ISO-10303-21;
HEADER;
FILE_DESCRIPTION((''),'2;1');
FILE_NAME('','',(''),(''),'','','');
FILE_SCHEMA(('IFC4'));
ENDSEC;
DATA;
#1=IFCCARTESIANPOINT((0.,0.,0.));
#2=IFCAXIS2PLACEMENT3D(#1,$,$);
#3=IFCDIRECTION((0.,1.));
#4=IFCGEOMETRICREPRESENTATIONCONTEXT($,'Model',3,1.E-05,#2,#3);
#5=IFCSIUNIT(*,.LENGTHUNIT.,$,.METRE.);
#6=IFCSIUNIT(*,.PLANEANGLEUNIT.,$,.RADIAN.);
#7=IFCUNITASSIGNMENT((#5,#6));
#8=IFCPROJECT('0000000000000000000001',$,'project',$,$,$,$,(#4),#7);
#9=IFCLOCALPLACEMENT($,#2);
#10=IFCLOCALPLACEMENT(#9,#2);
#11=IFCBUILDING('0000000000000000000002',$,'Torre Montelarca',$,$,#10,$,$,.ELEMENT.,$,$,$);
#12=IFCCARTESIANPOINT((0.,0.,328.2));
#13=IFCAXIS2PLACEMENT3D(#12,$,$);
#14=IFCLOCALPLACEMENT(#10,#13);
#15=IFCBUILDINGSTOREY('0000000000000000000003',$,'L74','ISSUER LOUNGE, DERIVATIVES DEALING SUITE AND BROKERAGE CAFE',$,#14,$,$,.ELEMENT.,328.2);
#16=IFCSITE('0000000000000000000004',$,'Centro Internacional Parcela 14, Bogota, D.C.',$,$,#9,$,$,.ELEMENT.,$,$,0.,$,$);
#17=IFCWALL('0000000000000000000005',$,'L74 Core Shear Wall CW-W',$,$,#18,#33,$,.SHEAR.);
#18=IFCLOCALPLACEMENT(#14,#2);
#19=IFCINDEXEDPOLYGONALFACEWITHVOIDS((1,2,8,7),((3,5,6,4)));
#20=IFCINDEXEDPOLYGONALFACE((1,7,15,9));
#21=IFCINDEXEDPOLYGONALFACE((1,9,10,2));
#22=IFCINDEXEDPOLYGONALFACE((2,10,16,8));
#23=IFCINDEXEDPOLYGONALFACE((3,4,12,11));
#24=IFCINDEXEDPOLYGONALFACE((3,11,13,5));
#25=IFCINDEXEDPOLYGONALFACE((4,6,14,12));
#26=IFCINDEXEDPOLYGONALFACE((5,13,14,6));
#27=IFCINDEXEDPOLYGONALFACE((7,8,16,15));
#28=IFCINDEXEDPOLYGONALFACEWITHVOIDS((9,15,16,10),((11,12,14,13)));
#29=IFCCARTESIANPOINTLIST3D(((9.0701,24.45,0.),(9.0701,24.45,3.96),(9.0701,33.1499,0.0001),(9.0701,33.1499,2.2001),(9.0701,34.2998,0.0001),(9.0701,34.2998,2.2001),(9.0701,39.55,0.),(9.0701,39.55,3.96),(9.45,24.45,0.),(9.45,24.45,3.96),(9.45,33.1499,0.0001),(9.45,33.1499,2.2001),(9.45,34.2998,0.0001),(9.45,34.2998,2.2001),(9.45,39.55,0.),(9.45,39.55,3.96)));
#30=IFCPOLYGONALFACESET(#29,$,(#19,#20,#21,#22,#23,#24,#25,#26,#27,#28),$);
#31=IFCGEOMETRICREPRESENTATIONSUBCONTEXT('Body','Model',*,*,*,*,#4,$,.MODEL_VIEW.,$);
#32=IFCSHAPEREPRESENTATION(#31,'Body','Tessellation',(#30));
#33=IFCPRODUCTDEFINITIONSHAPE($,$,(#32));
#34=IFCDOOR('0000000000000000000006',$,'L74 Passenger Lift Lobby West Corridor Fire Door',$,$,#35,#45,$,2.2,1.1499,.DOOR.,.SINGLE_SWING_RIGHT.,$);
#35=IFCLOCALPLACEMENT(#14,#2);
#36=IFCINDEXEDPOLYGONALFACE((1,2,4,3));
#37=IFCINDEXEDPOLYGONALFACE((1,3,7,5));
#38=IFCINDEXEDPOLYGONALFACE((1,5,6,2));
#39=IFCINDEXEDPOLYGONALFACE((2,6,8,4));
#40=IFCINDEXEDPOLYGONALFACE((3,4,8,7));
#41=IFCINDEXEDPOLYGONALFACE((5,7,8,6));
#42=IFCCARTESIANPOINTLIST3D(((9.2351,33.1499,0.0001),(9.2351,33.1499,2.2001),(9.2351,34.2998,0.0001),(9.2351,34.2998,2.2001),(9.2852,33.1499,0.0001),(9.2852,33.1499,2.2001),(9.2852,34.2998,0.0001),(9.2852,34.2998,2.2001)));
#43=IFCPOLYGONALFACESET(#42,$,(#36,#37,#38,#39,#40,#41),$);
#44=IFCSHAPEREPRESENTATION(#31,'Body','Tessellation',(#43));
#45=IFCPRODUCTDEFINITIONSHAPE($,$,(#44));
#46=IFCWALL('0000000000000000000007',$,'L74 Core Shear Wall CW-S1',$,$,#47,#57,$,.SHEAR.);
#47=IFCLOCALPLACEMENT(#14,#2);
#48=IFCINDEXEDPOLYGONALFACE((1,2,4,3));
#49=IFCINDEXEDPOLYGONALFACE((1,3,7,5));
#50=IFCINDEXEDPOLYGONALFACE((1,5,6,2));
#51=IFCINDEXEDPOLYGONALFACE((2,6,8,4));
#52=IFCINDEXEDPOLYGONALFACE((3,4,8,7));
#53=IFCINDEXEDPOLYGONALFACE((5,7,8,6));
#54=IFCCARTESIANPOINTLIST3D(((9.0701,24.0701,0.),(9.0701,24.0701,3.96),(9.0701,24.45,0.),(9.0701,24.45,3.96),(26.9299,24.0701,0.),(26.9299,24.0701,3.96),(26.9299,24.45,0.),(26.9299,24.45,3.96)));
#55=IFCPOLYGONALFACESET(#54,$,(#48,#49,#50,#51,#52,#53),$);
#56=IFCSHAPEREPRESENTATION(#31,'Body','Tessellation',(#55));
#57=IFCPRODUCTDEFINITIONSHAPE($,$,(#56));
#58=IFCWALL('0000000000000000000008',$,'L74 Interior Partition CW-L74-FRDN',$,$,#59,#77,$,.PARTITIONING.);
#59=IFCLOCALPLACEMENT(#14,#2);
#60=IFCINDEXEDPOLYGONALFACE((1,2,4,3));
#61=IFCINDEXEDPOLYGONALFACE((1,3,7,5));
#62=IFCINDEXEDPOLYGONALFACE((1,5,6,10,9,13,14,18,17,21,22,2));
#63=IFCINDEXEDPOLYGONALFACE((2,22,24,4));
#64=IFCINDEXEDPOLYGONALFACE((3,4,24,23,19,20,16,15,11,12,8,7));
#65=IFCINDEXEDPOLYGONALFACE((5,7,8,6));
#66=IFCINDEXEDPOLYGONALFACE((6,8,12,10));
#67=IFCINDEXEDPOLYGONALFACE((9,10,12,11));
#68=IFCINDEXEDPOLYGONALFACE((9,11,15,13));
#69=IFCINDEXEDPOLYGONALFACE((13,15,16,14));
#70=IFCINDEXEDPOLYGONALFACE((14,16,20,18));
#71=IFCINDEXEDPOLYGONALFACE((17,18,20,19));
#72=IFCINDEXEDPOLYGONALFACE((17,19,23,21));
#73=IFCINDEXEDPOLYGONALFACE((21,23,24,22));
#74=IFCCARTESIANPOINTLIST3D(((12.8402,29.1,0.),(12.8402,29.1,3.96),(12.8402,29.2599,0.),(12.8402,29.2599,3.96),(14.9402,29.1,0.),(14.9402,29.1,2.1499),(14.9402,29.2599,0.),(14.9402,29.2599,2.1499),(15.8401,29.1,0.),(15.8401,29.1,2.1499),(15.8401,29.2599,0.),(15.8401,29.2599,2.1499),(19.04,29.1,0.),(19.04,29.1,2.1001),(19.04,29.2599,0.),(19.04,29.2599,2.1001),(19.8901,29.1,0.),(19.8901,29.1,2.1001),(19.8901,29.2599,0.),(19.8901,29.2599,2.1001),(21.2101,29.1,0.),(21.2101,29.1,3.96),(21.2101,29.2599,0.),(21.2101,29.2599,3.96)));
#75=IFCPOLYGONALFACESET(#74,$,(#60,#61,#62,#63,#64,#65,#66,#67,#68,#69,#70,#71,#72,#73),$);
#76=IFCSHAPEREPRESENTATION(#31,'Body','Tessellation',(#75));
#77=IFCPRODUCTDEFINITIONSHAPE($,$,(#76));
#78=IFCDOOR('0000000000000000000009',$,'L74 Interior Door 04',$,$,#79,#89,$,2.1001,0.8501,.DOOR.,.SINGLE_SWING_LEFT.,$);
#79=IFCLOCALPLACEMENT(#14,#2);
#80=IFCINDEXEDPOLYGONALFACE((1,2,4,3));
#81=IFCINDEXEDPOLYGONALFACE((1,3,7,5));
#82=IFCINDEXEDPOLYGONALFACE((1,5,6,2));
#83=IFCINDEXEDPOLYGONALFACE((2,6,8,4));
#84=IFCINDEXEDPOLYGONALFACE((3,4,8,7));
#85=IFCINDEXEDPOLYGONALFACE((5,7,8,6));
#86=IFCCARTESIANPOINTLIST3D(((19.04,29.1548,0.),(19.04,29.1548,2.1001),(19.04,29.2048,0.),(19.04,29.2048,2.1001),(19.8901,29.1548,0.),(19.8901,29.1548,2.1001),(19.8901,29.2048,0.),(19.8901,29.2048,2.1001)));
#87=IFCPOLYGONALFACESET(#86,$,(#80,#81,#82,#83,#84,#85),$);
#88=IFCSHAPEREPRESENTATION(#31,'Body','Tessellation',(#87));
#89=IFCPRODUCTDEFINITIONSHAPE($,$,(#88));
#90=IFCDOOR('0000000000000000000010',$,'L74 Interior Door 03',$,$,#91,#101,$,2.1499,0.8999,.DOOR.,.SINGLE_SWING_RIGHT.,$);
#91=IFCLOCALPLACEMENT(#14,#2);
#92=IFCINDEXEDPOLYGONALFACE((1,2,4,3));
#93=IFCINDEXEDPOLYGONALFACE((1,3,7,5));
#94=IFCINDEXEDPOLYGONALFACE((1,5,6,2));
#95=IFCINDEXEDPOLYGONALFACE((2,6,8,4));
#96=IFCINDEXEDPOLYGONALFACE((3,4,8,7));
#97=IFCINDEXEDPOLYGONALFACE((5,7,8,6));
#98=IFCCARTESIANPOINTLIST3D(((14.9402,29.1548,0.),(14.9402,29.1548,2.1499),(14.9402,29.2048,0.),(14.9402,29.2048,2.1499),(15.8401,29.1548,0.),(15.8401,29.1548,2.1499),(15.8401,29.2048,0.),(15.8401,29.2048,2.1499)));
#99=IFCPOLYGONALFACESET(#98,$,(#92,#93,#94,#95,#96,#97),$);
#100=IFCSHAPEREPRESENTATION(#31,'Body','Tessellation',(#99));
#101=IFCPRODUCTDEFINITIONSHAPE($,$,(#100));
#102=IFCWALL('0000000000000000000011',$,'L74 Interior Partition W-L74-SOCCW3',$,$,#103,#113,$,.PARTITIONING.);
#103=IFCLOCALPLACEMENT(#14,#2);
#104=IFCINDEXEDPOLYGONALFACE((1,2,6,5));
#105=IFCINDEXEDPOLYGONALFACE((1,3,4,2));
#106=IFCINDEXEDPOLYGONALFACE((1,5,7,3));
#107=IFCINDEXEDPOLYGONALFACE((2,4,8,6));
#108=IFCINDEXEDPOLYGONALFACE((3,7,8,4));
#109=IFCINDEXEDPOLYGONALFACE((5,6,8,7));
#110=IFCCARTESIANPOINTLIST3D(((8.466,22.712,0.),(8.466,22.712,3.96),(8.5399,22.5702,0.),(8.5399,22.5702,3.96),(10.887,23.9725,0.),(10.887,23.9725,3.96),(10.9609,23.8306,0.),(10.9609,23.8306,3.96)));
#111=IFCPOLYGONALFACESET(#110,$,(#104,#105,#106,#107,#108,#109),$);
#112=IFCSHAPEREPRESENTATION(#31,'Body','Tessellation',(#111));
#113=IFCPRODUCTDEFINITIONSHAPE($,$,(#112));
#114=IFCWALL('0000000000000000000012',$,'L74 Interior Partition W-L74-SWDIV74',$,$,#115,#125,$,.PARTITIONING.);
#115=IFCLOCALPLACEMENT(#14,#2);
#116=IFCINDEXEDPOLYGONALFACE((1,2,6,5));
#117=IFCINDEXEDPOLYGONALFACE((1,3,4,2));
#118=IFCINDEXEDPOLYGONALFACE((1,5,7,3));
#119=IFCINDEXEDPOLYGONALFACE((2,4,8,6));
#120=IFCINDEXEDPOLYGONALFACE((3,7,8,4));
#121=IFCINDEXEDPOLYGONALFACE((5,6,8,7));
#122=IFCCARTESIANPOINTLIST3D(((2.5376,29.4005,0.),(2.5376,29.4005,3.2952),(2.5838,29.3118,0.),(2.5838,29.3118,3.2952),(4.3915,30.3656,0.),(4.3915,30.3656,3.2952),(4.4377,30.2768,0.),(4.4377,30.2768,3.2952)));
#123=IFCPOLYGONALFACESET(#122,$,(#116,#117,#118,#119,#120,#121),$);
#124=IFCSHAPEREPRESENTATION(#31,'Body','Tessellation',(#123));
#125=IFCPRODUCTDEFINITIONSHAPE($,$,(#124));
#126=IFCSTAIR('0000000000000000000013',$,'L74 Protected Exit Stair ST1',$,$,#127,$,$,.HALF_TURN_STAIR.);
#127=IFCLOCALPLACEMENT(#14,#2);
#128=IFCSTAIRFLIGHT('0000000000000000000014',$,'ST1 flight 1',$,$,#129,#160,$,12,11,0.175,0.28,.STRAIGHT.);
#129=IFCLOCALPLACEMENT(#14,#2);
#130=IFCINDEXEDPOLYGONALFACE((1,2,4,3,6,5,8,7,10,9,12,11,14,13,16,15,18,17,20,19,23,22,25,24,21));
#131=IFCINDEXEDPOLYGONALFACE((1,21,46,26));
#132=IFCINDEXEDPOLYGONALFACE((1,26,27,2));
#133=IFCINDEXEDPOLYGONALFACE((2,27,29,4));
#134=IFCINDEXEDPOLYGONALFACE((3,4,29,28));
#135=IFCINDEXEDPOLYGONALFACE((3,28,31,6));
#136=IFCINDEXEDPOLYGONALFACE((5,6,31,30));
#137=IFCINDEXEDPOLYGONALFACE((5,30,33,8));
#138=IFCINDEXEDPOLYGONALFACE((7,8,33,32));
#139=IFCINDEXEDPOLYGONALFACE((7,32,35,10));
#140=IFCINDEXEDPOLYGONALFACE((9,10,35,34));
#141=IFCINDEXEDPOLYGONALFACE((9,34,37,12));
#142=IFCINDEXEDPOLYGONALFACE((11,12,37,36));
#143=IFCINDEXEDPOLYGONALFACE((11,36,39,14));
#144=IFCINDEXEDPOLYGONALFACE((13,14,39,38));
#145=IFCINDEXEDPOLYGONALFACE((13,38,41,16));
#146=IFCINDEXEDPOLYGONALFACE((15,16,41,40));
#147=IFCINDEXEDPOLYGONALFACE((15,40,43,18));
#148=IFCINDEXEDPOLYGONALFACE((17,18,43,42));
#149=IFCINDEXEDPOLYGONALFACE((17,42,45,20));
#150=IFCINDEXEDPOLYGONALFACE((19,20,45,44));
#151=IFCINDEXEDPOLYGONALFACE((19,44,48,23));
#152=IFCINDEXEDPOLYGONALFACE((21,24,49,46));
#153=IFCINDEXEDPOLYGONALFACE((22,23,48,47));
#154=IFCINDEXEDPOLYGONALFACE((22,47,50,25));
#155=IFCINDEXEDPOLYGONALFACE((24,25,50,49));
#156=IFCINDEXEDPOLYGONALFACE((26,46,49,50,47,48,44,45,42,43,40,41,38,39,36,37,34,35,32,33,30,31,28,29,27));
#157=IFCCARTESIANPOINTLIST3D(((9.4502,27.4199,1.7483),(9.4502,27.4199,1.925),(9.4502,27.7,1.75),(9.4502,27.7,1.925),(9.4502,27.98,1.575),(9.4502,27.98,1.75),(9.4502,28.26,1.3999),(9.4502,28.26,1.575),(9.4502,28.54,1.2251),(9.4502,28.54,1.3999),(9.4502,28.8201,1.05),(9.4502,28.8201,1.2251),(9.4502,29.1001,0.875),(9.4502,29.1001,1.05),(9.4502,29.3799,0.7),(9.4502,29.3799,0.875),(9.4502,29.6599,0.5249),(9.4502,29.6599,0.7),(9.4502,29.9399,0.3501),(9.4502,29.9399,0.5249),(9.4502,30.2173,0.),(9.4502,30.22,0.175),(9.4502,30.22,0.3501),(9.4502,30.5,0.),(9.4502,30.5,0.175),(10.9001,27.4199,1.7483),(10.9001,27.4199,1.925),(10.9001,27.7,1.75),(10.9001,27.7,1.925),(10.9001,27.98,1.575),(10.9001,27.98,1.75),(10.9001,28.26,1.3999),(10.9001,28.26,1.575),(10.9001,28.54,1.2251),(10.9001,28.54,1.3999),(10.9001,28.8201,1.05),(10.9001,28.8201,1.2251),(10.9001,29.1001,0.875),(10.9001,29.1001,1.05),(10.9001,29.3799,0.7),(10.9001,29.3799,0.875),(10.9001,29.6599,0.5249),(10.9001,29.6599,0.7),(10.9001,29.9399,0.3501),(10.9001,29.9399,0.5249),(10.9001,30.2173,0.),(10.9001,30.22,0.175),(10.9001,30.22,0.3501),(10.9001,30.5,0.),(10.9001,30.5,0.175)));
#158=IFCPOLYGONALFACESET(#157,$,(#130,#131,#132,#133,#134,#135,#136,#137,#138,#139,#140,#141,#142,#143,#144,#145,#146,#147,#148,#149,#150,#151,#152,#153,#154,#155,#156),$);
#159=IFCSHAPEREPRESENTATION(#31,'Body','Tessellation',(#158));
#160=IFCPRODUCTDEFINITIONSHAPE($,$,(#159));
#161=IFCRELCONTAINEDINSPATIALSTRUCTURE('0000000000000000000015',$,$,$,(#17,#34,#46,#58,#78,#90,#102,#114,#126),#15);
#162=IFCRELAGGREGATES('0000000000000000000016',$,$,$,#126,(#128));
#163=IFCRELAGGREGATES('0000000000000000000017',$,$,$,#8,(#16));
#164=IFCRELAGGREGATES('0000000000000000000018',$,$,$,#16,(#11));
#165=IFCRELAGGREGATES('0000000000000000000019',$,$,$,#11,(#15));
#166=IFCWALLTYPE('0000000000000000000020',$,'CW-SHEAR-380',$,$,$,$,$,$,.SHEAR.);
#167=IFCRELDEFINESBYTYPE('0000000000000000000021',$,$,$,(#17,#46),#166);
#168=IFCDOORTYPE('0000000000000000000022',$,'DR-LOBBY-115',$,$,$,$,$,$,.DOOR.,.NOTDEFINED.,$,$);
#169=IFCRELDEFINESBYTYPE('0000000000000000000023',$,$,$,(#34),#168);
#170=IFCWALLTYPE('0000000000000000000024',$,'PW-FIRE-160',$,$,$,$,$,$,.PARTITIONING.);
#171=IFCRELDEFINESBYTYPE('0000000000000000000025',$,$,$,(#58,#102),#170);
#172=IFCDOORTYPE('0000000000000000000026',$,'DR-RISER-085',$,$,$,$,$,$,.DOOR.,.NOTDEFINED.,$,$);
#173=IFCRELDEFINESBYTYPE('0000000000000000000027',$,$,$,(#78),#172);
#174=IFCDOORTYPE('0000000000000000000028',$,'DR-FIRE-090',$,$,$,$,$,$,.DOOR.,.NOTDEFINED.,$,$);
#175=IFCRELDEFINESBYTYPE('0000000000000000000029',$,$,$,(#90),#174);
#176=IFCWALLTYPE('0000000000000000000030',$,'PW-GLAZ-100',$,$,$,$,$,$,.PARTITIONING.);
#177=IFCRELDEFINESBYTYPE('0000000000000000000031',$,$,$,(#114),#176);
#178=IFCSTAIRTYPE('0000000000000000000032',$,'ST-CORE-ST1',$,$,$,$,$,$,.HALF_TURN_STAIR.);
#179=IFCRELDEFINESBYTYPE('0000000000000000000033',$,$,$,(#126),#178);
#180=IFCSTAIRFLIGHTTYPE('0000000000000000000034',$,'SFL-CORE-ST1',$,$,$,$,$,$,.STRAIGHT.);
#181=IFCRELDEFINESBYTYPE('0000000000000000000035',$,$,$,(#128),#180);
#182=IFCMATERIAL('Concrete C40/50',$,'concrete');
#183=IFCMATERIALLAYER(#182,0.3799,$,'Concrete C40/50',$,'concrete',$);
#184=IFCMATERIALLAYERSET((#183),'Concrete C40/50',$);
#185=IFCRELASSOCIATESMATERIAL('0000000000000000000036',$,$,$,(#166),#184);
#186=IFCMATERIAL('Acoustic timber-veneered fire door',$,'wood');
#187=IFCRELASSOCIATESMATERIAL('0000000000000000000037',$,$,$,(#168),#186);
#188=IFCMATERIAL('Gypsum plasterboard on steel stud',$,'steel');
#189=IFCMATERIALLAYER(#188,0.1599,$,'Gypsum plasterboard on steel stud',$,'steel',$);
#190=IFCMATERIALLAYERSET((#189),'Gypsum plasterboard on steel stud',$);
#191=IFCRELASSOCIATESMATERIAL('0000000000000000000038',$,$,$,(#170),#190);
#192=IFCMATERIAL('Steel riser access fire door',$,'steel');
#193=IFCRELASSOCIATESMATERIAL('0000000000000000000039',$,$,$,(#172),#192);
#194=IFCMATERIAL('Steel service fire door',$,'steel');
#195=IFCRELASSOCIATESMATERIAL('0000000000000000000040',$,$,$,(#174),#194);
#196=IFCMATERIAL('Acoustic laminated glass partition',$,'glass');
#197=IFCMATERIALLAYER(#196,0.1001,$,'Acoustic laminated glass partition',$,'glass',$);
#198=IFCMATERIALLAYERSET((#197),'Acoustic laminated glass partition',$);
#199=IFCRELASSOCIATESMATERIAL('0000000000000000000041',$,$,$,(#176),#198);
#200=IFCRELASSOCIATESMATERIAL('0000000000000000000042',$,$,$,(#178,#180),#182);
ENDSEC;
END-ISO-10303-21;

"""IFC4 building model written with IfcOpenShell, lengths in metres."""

from ifc_helpers import new_model, si_unit, direction, frame, frame_2d, origin, place, context, subcontext, project, spatial, polyline, rectangle, outline, extrude, source, transform, mapped, material, layer, layer_set, type_object, element, fill, aggregate, save


model = new_model("IFC4")

# Units and contexts
model_context = context("Model", 3, precision=1e-05, world=origin(), true_north=direction((0.0, 1.0)))
body_context = subcontext(model_context, "Body", "Model", "MODEL_VIEW")
ifc_project = project(units=[si_unit("LENGTHUNIT", "METRE"), si_unit("PLANEANGLEUNIT", "RADIAN")], contexts=[model_context])

# Site, building, storey
site_placement = place(None, origin())
site = spatial("IfcSite", under=ifc_project, at=site_placement, Name="Centro Internacional Parcela 14, Bogota, D.C.", CompositionType="ELEMENT", RefElevation=0.0)
building_placement = place(site_placement, origin())
building = spatial("IfcBuilding", under=site, at=building_placement, Name="Torre Montelarca", CompositionType="ELEMENT")
storey_placement = place(building_placement, frame((0.0, 0.0, 328.2)))
storey = spatial("IfcBuildingStorey", under=building, at=storey_placement, Name="L74", Description="ISSUER LOUNGE, DERIVATIVES DEALING SUITE AND BROKERAGE CAFE", CompositionType="ELEMENT", Elevation=328.2)

# Shared definitions
ifc_material_1 = material(Name="Concrete C40/50", Category="concrete")

# Wall, opening, door
ifc_layer_1 = layer(ifc_material_1, 0.3799, Name="Concrete C40/50", Category="concrete")
ifc_layer_set_1 = layer_set([ifc_layer_1], Name="Concrete C40/50")
wall_type_1 = type_object("IfcWallType", Name="CW-SHEAR-380", PredefinedType="SHEAR", material=ifc_layer_set_1)
wall_1_placement = place(storey_placement, frame((9.26, 24.45, 0.0), z_axis=(0.0, 0.0, 1.0), x_axis=(0.0, 1.0, 0.0)))
wall_1 = element("IfcWall", 1, at=wall_1_placement, inside=storey, type_object=wall_type_1, Name="L74 Core Shear Wall CW-W", PredefinedType="SHEAR", context=body_context, shape_type="SweptSolid", body=[
    extrude(rectangle(XDim=15.1001, YDim=0.3799, at=frame_2d((7.55, 0.0))), origin(), (0.0, 0.0, 1.0), 3.96),
])
opening_1_placement = place(wall_1_placement, frame((8.7, 0.0, 0.0)))
opening_1 = element("IfcOpeningElement", 2, at=opening_1_placement, cuts=wall_1, PredefinedType="OPENING", context=body_context, shape_type="SweptSolid", body=[
    extrude(rectangle(XDim=1.1499, YDim=2.2, at=frame_2d((0.575, 1.1001))), frame((0.0, 0.2, 0.0), z_axis=(0.0, -1.0, 0.0), x_axis=(1.0, 0.0, 0.0)), (0.0, 0.0, 1.0), 0.3999),
])
ifc_material_2 = material(Name="Acoustic timber-veneered fire door", Category="wood")
door_type_1 = type_object("IfcDoorType", Name="DR-LOBBY-115", OperationType="NOTDEFINED", PredefinedType="DOOR", material=ifc_material_2)
shared_shape_1 = source(origin(), body_context, "Body", "SweptSolid", [
    extrude(rectangle(XDim=1.1499, YDim=2.2, at=frame_2d((0.575, 1.1001))), frame((0.0, 0.0249, 0.0), z_axis=(0.0, -1.0, 0.0), x_axis=(1.0, 0.0, 0.0)), (0.0, 0.0, 1.0), 0.05),
])
door_1_placement = place(opening_1_placement, origin())
door_1 = element("IfcDoor", 3, at=door_1_placement, inside=storey, type_object=door_type_1, Name="L74 Passenger Lift Lobby West Corridor Fire Door", OperationType="SINGLE_SWING_RIGHT", OverallHeight=2.2, OverallWidth=1.1499, PredefinedType="DOOR", context=body_context, shape_type="MappedRepresentation", body=[
    mapped(shared_shape_1, transform((0.0, 0.0, 0.0), scale=1.0)),
])
fill(opening_1, door_1)

# Wall
wall_2_placement = place(storey_placement, frame((9.0701, 24.26, 0.0), z_axis=(0.0, 0.0, 1.0), x_axis=(1.0, 0.0, 0.0)))
element("IfcWall", 4, at=wall_2_placement, inside=storey, type_object=wall_type_1, Name="L74 Core Shear Wall CW-S1", PredefinedType="SHEAR", context=body_context, shape_type="SweptSolid", body=[
    extrude(rectangle(XDim=17.8599, YDim=0.3799, at=frame_2d((8.9299, 0.0))), origin(), (0.0, 0.0, 1.0), 3.96),
])

# Wall, openings, doors
ifc_material_3 = material(Name="Gypsum plasterboard on steel stud", Category="steel")
ifc_layer_2 = layer(ifc_material_3, 0.1599, Name="Gypsum plasterboard on steel stud", Category="steel")
ifc_layer_set_2 = layer_set([ifc_layer_2], Name="Gypsum plasterboard on steel stud")
wall_type_2 = type_object("IfcWallType", Name="PW-FIRE-160", PredefinedType="PARTITIONING", material=ifc_layer_set_2)
wall_3_placement = place(storey_placement, frame((12.8401, 29.1799, 0.0), z_axis=(0.0, 0.0, 1.0), x_axis=(1.0, 0.0, 0.0)))
wall_3 = element("IfcWall", 5, at=wall_3_placement, inside=storey, type_object=wall_type_2, Name="L74 Interior Partition CW-L74-FRDN", PredefinedType="PARTITIONING", context=body_context, shape_type="SweptSolid", body=[
    extrude(rectangle(XDim=8.3699, YDim=0.1599, at=frame_2d((4.1851, 0.0))), origin(), (0.0, 0.0, 1.0), 3.96),
])
opening_2_placement = place(wall_3_placement, frame((2.1001, 0.0, 0.0)))
opening_2 = element("IfcOpeningElement", 6, at=opening_2_placement, cuts=wall_3, PredefinedType="OPENING", context=body_context, shape_type="SweptSolid", body=[
    extrude(rectangle(XDim=0.8999, YDim=2.1499, at=frame_2d((0.45, 1.075))), frame((0.0, 0.0898, 0.0), z_axis=(0.0, -1.0, 0.0), x_axis=(1.0, 0.0, 0.0)), (0.0, 0.0, 1.0), 0.1799),
])
opening_3_placement = place(wall_3_placement, frame((6.2, 0.0, 0.0)))
opening_3 = element("IfcOpeningElement", 7, at=opening_3_placement, cuts=wall_3, PredefinedType="OPENING", context=body_context, shape_type="SweptSolid", body=[
    extrude(rectangle(XDim=0.8501, YDim=2.1001, at=frame_2d((0.425, 1.05))), frame((0.0, 0.0898, 0.0), z_axis=(0.0, -1.0, 0.0), x_axis=(1.0, 0.0, 0.0)), (0.0, 0.0, 1.0), 0.1799),
])
ifc_material_4 = material(Name="Steel riser access fire door", Category="steel")
door_type_2 = type_object("IfcDoorType", Name="DR-RISER-085", OperationType="NOTDEFINED", PredefinedType="DOOR", material=ifc_material_4)
shared_shape_2 = source(origin(), body_context, "Body", "SweptSolid", [
    extrude(rectangle(XDim=0.8501, YDim=2.1001, at=frame_2d((0.425, 1.05))), frame((0.0, 0.0249, 0.0), z_axis=(0.0, -1.0, 0.0), x_axis=(1.0, 0.0, 0.0)), (0.0, 0.0, 1.0), 0.05),
])
door_2_placement = place(opening_3_placement, origin())
door_2 = element("IfcDoor", 8, at=door_2_placement, inside=storey, type_object=door_type_2, Name="L74 Interior Door 04", OperationType="SINGLE_SWING_LEFT", OverallHeight=2.1001, OverallWidth=0.8501, PredefinedType="DOOR", context=body_context, shape_type="MappedRepresentation", body=[
    mapped(shared_shape_2, transform((0.0, 0.0, 0.0), scale=1.0)),
])
fill(opening_3, door_2)
ifc_material_5 = material(Name="Steel service fire door", Category="steel")
door_type_3 = type_object("IfcDoorType", Name="DR-FIRE-090", OperationType="NOTDEFINED", PredefinedType="DOOR", material=ifc_material_5)
shared_shape_3 = source(origin(), body_context, "Body", "SweptSolid", [
    extrude(rectangle(XDim=0.8999, YDim=2.1499, at=frame_2d((0.45, 1.075))), frame((0.0, 0.0249, 0.0), z_axis=(0.0, -1.0, 0.0), x_axis=(1.0, 0.0, 0.0)), (0.0, 0.0, 1.0), 0.05),
])
door_3_placement = place(opening_2_placement, origin())
door_3 = element("IfcDoor", 9, at=door_3_placement, inside=storey, type_object=door_type_3, Name="L74 Interior Door 03", OperationType="SINGLE_SWING_RIGHT", OverallHeight=2.1499, OverallWidth=0.8999, PredefinedType="DOOR", context=body_context, shape_type="MappedRepresentation", body=[
    mapped(shared_shape_3, transform((0.0, 0.0, 0.0), scale=1.0)),
])
fill(opening_2, door_3)

# Walls
wall_4_placement = place(storey_placement, frame((8.5029, 22.6411, 0.0), z_axis=(0.0, 0.0, 1.0), x_axis=(0.886991, 0.461786, 0.0)))
element("IfcWall", 10, at=wall_4_placement, inside=storey, type_object=wall_type_2, Name="L74 Interior Partition W-L74-SOCCW3", PredefinedType="PARTITIONING", context=body_context, shape_type="SweptSolid", body=[
    extrude(rectangle(XDim=2.7295, YDim=0.1599, at=frame_2d((1.3647, 0.0))), origin(), (0.0, 0.0, 1.0), 3.96),
])
ifc_material_6 = material(Name="Acoustic laminated glass partition", Category="glass")
ifc_layer_3 = layer(ifc_material_6, 0.1001, Name="Acoustic laminated glass partition", Category="glass")
ifc_layer_set_3 = layer_set([ifc_layer_3], Name="Acoustic laminated glass partition")
wall_type_3 = type_object("IfcWallType", Name="PW-GLAZ-100", PredefinedType="PARTITIONING", material=ifc_layer_set_3)
wall_5_placement = place(storey_placement, frame((2.5608, 29.3562, 0.0), z_axis=(0.0, 0.0, 1.0), x_axis=(0.88702, 0.461732, 0.0)))
element("IfcWall", 11, at=wall_5_placement, inside=storey, type_object=wall_type_3, Name="L74 Interior Partition W-L74-SWDIV74", PredefinedType="PARTITIONING", context=body_context, shape_type="SweptSolid", body=[
    extrude(rectangle(XDim=2.0901, YDim=0.1001, at=frame_2d((1.0449, 0.0))), origin(), (0.0, 0.0, 1.0), 3.2952),
])

# Stair, stair flight
stair_type = type_object("IfcStairType", Name="ST-CORE-ST1", PredefinedType="HALF_TURN_STAIR", material=ifc_material_1)
stair_placement = place(storey_placement, origin())
stair = element("IfcStair", 12, at=stair_placement, inside=storey, type_object=stair_type, Name="L74 Protected Exit Stair ST1", PredefinedType="HALF_TURN_STAIR")
stair_flight_type = type_object("IfcStairFlightType", Name="SFL-CORE-ST1", PredefinedType="STRAIGHT", material=ifc_material_1)
stair_flight_1_placement = place(storey_placement, frame((10.175, 30.5, 0.0), z_axis=(0.0, 0.0, 1.0), x_axis=(0.0, -1.0, 0.0)))
stair_flight_1 = element("IfcStairFlight", 13, at=stair_flight_1_placement, type_object=stair_flight_type, Name="ST1 flight 1", NumberOfRisers=12, NumberOfTreads=11, PredefinedType="STRAIGHT", RiserHeight=0.175, TreadLength=0.28, context=body_context, shape_type="SweptSolid", body=[
    extrude(outline(polyline([(0.0, 0.0), (0.0, 0.175), (0.28, 0.175), (0.28, 0.3501), (0.5601, 0.3501), (0.5601, 0.5249), (0.8401, 0.5249), (0.8401, 0.7), (1.1201, 0.7), (1.1201, 0.875), (1.3999, 0.875), (1.3999, 1.05), (1.6799, 1.05), (1.6799, 1.2251), (1.96, 1.2251), (1.96, 1.3999), (2.24, 1.3999), (2.24, 1.575), (2.52, 1.575), (2.52, 1.75), (2.8, 1.75), (2.8, 1.925), (3.0801, 1.925), (3.0801, 2.1001), (3.0801, 1.7483), (0.2827, 0.0), (0.0, 0.0)])), frame((0.0, 0.7251, 0.0), z_axis=(0.0, -1.0, 0.0), x_axis=(1.0, 0.0, 0.0)), (0.0, 0.0, 1.0), 1.45),
])
aggregate(stair, [stair_flight_1])

save(model, "model.ifc")
